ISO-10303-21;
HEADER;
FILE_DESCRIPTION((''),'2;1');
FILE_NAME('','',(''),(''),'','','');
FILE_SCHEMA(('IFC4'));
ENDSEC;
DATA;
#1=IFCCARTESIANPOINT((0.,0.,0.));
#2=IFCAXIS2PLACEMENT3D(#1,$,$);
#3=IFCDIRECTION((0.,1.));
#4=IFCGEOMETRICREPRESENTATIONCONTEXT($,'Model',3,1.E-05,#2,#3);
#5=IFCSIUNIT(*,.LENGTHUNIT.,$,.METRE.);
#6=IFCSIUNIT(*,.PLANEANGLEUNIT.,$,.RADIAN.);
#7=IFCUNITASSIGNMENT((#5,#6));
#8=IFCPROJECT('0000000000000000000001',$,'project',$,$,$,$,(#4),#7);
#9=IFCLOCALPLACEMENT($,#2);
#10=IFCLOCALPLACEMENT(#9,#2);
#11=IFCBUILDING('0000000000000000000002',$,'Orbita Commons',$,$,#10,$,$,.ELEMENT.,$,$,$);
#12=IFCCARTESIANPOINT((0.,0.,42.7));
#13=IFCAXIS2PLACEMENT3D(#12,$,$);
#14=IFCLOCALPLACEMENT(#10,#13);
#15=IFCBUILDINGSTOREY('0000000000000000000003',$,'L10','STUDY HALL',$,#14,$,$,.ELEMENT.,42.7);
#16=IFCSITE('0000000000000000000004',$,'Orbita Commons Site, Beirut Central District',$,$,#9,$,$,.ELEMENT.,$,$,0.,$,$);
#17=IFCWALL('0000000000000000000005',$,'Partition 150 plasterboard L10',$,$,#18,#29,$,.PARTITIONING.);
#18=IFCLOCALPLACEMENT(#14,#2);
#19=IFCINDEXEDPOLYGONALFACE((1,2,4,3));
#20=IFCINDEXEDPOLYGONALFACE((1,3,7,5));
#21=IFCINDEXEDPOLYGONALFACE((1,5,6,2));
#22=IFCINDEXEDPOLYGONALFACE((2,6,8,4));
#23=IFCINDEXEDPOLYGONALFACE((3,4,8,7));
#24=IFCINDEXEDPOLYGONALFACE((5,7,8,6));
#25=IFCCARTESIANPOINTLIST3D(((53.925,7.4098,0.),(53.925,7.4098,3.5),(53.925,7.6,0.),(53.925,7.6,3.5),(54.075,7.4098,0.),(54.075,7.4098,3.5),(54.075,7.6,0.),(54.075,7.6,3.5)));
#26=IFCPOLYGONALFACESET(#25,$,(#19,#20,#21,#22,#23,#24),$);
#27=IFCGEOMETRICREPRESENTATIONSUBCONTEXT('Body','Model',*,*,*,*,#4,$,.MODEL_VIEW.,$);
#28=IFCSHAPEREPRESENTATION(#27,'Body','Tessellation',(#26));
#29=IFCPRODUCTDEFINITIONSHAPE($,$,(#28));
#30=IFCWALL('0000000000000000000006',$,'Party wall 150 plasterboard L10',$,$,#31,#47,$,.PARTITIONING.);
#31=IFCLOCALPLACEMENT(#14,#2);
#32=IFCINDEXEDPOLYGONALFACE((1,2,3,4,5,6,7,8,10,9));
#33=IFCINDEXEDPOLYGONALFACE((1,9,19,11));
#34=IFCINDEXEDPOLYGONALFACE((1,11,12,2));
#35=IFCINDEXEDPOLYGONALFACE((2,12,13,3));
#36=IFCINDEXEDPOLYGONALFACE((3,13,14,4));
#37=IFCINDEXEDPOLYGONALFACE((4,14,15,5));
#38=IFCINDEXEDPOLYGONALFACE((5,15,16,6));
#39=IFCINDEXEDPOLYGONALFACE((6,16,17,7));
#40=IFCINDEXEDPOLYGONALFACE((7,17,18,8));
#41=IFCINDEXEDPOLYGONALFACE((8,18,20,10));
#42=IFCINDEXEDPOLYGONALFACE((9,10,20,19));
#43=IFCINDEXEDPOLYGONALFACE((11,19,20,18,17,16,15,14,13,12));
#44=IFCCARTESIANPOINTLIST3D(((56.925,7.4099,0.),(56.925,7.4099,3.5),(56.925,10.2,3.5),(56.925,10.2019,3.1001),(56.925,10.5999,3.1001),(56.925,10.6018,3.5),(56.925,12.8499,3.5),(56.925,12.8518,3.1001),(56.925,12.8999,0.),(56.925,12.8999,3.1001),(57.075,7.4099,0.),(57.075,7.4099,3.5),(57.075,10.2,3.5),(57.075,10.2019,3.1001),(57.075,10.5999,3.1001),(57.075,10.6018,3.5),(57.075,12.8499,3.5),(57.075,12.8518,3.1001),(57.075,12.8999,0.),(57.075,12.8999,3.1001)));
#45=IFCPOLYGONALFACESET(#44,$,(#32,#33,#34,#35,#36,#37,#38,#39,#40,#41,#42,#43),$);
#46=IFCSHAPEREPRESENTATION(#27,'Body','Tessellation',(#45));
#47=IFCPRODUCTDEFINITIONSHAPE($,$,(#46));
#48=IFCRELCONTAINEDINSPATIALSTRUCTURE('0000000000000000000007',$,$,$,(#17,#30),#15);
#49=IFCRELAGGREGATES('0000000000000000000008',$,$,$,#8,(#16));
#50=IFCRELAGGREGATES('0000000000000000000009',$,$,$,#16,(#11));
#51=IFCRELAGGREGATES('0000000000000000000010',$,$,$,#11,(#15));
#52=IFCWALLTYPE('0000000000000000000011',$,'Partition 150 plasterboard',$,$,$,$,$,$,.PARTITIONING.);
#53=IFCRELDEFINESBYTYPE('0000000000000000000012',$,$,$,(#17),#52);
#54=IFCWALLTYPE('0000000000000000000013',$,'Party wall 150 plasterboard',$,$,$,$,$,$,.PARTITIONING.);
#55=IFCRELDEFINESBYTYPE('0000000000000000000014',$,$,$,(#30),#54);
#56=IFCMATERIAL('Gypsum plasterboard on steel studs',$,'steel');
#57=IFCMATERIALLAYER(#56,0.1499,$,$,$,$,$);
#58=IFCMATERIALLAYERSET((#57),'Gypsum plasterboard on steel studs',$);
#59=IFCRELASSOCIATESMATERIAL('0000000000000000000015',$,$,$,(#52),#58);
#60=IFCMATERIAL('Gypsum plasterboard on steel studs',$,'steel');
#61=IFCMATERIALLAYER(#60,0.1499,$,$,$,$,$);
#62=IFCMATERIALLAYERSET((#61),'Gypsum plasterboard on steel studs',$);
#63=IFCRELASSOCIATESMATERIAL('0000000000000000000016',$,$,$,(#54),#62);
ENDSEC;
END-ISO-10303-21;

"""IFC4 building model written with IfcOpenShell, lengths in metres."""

from ifc_helpers import new_model, si_unit, direction, frame, frame_2d, origin, place, context, subcontext, project, spatial, polyline, rectangle, outline, extrude, material, layer, layer_set, type_object, element, save


model = new_model("IFC4")

# Units and contexts
model_context = context("Model", 3, precision=1e-05, world=origin(), true_north=direction((0.0, 1.0)))
body_context = subcontext(model_context, "Body", "Model", "MODEL_VIEW")
ifc_project = project(units=[si_unit("LENGTHUNIT", "METRE"), si_unit("PLANEANGLEUNIT", "RADIAN")], contexts=[model_context])

# Site, building, storey
site_placement = place(None, origin())
site = spatial("IfcSite", under=ifc_project, at=site_placement, Name="Orbita Commons Site, Beirut Central District", CompositionType="ELEMENT", RefElevation=0.0)
building_placement = place(site_placement, origin())
building = spatial("IfcBuilding", under=site, at=building_placement, Name="Orbita Commons", CompositionType="ELEMENT")
storey_placement = place(building_placement, frame((0.0, 0.0, 42.7)))
storey = spatial("IfcBuildingStorey", under=building, at=storey_placement, Name="L10", Description="STUDY HALL", CompositionType="ELEMENT", Elevation=42.7)

# Walls
ifc_material_1 = material(Name="Gypsum plasterboard on steel studs", Category="steel")
ifc_layer_1 = layer(ifc_material_1, 0.1499)
ifc_layer_set_1 = layer_set([ifc_layer_1], Name="Gypsum plasterboard on steel studs")
wall_type_1 = type_object("IfcWallType", Name="Partition 150 plasterboard", PredefinedType="PARTITIONING", material=ifc_layer_set_1)
wall_1_placement = place(storey_placement, frame((54.0, 7.6001, 0.0), z_axis=(0.0, 0.0, 1.0), x_axis=(0.0, -1.0, 0.0)))
element("IfcWall", 1, at=wall_1_placement, inside=storey, type_object=wall_type_1, Name="Partition 150 plasterboard L10", PredefinedType="PARTITIONING", context=body_context, shape_type="SweptSolid", body=[
    extrude(rectangle(XDim=0.1902, YDim=0.1499, at=frame_2d((0.0952, 0.0))), origin(), (0.0, 0.0, 1.0), 3.5),
])
ifc_material_2 = material(Name="Gypsum plasterboard on steel studs", Category="steel")
ifc_layer_2 = layer(ifc_material_2, 0.1499)
ifc_layer_set_2 = layer_set([ifc_layer_2], Name="Gypsum plasterboard on steel studs")
wall_type_2 = type_object("IfcWallType", Name="Party wall 150 plasterboard", PredefinedType="PARTITIONING", material=ifc_layer_set_2)
wall_2_placement = place(storey_placement, frame((57.0, 7.4099, 0.0), z_axis=(0.0, 0.0, 1.0), x_axis=(0.0, 1.0, 0.0)))
element("IfcWall", 2, at=wall_2_placement, inside=storey, type_object=wall_type_2, Name="Party wall 150 plasterboard L10", PredefinedType="PARTITIONING", context=body_context, shape_type="SweptSolid", body=[
    extrude(outline(polyline([(0.0, 0.0), (5.49, 0.0), (5.49, 3.1001), (5.4419, 3.1001), (5.4399, 3.5), (3.1919, 3.5), (3.1899, 3.1001), (2.792, 3.1001), (2.79, 3.5), (0.0, 3.5), (0.0, 0.0)])), frame((0.0, 0.075, 0.0), z_axis=(0.0, -1.0, 0.0), x_axis=(1.0, 0.0, 0.0)), (0.0, 0.0, 1.0), 0.1499),
])

save(model, "model.ifc")
